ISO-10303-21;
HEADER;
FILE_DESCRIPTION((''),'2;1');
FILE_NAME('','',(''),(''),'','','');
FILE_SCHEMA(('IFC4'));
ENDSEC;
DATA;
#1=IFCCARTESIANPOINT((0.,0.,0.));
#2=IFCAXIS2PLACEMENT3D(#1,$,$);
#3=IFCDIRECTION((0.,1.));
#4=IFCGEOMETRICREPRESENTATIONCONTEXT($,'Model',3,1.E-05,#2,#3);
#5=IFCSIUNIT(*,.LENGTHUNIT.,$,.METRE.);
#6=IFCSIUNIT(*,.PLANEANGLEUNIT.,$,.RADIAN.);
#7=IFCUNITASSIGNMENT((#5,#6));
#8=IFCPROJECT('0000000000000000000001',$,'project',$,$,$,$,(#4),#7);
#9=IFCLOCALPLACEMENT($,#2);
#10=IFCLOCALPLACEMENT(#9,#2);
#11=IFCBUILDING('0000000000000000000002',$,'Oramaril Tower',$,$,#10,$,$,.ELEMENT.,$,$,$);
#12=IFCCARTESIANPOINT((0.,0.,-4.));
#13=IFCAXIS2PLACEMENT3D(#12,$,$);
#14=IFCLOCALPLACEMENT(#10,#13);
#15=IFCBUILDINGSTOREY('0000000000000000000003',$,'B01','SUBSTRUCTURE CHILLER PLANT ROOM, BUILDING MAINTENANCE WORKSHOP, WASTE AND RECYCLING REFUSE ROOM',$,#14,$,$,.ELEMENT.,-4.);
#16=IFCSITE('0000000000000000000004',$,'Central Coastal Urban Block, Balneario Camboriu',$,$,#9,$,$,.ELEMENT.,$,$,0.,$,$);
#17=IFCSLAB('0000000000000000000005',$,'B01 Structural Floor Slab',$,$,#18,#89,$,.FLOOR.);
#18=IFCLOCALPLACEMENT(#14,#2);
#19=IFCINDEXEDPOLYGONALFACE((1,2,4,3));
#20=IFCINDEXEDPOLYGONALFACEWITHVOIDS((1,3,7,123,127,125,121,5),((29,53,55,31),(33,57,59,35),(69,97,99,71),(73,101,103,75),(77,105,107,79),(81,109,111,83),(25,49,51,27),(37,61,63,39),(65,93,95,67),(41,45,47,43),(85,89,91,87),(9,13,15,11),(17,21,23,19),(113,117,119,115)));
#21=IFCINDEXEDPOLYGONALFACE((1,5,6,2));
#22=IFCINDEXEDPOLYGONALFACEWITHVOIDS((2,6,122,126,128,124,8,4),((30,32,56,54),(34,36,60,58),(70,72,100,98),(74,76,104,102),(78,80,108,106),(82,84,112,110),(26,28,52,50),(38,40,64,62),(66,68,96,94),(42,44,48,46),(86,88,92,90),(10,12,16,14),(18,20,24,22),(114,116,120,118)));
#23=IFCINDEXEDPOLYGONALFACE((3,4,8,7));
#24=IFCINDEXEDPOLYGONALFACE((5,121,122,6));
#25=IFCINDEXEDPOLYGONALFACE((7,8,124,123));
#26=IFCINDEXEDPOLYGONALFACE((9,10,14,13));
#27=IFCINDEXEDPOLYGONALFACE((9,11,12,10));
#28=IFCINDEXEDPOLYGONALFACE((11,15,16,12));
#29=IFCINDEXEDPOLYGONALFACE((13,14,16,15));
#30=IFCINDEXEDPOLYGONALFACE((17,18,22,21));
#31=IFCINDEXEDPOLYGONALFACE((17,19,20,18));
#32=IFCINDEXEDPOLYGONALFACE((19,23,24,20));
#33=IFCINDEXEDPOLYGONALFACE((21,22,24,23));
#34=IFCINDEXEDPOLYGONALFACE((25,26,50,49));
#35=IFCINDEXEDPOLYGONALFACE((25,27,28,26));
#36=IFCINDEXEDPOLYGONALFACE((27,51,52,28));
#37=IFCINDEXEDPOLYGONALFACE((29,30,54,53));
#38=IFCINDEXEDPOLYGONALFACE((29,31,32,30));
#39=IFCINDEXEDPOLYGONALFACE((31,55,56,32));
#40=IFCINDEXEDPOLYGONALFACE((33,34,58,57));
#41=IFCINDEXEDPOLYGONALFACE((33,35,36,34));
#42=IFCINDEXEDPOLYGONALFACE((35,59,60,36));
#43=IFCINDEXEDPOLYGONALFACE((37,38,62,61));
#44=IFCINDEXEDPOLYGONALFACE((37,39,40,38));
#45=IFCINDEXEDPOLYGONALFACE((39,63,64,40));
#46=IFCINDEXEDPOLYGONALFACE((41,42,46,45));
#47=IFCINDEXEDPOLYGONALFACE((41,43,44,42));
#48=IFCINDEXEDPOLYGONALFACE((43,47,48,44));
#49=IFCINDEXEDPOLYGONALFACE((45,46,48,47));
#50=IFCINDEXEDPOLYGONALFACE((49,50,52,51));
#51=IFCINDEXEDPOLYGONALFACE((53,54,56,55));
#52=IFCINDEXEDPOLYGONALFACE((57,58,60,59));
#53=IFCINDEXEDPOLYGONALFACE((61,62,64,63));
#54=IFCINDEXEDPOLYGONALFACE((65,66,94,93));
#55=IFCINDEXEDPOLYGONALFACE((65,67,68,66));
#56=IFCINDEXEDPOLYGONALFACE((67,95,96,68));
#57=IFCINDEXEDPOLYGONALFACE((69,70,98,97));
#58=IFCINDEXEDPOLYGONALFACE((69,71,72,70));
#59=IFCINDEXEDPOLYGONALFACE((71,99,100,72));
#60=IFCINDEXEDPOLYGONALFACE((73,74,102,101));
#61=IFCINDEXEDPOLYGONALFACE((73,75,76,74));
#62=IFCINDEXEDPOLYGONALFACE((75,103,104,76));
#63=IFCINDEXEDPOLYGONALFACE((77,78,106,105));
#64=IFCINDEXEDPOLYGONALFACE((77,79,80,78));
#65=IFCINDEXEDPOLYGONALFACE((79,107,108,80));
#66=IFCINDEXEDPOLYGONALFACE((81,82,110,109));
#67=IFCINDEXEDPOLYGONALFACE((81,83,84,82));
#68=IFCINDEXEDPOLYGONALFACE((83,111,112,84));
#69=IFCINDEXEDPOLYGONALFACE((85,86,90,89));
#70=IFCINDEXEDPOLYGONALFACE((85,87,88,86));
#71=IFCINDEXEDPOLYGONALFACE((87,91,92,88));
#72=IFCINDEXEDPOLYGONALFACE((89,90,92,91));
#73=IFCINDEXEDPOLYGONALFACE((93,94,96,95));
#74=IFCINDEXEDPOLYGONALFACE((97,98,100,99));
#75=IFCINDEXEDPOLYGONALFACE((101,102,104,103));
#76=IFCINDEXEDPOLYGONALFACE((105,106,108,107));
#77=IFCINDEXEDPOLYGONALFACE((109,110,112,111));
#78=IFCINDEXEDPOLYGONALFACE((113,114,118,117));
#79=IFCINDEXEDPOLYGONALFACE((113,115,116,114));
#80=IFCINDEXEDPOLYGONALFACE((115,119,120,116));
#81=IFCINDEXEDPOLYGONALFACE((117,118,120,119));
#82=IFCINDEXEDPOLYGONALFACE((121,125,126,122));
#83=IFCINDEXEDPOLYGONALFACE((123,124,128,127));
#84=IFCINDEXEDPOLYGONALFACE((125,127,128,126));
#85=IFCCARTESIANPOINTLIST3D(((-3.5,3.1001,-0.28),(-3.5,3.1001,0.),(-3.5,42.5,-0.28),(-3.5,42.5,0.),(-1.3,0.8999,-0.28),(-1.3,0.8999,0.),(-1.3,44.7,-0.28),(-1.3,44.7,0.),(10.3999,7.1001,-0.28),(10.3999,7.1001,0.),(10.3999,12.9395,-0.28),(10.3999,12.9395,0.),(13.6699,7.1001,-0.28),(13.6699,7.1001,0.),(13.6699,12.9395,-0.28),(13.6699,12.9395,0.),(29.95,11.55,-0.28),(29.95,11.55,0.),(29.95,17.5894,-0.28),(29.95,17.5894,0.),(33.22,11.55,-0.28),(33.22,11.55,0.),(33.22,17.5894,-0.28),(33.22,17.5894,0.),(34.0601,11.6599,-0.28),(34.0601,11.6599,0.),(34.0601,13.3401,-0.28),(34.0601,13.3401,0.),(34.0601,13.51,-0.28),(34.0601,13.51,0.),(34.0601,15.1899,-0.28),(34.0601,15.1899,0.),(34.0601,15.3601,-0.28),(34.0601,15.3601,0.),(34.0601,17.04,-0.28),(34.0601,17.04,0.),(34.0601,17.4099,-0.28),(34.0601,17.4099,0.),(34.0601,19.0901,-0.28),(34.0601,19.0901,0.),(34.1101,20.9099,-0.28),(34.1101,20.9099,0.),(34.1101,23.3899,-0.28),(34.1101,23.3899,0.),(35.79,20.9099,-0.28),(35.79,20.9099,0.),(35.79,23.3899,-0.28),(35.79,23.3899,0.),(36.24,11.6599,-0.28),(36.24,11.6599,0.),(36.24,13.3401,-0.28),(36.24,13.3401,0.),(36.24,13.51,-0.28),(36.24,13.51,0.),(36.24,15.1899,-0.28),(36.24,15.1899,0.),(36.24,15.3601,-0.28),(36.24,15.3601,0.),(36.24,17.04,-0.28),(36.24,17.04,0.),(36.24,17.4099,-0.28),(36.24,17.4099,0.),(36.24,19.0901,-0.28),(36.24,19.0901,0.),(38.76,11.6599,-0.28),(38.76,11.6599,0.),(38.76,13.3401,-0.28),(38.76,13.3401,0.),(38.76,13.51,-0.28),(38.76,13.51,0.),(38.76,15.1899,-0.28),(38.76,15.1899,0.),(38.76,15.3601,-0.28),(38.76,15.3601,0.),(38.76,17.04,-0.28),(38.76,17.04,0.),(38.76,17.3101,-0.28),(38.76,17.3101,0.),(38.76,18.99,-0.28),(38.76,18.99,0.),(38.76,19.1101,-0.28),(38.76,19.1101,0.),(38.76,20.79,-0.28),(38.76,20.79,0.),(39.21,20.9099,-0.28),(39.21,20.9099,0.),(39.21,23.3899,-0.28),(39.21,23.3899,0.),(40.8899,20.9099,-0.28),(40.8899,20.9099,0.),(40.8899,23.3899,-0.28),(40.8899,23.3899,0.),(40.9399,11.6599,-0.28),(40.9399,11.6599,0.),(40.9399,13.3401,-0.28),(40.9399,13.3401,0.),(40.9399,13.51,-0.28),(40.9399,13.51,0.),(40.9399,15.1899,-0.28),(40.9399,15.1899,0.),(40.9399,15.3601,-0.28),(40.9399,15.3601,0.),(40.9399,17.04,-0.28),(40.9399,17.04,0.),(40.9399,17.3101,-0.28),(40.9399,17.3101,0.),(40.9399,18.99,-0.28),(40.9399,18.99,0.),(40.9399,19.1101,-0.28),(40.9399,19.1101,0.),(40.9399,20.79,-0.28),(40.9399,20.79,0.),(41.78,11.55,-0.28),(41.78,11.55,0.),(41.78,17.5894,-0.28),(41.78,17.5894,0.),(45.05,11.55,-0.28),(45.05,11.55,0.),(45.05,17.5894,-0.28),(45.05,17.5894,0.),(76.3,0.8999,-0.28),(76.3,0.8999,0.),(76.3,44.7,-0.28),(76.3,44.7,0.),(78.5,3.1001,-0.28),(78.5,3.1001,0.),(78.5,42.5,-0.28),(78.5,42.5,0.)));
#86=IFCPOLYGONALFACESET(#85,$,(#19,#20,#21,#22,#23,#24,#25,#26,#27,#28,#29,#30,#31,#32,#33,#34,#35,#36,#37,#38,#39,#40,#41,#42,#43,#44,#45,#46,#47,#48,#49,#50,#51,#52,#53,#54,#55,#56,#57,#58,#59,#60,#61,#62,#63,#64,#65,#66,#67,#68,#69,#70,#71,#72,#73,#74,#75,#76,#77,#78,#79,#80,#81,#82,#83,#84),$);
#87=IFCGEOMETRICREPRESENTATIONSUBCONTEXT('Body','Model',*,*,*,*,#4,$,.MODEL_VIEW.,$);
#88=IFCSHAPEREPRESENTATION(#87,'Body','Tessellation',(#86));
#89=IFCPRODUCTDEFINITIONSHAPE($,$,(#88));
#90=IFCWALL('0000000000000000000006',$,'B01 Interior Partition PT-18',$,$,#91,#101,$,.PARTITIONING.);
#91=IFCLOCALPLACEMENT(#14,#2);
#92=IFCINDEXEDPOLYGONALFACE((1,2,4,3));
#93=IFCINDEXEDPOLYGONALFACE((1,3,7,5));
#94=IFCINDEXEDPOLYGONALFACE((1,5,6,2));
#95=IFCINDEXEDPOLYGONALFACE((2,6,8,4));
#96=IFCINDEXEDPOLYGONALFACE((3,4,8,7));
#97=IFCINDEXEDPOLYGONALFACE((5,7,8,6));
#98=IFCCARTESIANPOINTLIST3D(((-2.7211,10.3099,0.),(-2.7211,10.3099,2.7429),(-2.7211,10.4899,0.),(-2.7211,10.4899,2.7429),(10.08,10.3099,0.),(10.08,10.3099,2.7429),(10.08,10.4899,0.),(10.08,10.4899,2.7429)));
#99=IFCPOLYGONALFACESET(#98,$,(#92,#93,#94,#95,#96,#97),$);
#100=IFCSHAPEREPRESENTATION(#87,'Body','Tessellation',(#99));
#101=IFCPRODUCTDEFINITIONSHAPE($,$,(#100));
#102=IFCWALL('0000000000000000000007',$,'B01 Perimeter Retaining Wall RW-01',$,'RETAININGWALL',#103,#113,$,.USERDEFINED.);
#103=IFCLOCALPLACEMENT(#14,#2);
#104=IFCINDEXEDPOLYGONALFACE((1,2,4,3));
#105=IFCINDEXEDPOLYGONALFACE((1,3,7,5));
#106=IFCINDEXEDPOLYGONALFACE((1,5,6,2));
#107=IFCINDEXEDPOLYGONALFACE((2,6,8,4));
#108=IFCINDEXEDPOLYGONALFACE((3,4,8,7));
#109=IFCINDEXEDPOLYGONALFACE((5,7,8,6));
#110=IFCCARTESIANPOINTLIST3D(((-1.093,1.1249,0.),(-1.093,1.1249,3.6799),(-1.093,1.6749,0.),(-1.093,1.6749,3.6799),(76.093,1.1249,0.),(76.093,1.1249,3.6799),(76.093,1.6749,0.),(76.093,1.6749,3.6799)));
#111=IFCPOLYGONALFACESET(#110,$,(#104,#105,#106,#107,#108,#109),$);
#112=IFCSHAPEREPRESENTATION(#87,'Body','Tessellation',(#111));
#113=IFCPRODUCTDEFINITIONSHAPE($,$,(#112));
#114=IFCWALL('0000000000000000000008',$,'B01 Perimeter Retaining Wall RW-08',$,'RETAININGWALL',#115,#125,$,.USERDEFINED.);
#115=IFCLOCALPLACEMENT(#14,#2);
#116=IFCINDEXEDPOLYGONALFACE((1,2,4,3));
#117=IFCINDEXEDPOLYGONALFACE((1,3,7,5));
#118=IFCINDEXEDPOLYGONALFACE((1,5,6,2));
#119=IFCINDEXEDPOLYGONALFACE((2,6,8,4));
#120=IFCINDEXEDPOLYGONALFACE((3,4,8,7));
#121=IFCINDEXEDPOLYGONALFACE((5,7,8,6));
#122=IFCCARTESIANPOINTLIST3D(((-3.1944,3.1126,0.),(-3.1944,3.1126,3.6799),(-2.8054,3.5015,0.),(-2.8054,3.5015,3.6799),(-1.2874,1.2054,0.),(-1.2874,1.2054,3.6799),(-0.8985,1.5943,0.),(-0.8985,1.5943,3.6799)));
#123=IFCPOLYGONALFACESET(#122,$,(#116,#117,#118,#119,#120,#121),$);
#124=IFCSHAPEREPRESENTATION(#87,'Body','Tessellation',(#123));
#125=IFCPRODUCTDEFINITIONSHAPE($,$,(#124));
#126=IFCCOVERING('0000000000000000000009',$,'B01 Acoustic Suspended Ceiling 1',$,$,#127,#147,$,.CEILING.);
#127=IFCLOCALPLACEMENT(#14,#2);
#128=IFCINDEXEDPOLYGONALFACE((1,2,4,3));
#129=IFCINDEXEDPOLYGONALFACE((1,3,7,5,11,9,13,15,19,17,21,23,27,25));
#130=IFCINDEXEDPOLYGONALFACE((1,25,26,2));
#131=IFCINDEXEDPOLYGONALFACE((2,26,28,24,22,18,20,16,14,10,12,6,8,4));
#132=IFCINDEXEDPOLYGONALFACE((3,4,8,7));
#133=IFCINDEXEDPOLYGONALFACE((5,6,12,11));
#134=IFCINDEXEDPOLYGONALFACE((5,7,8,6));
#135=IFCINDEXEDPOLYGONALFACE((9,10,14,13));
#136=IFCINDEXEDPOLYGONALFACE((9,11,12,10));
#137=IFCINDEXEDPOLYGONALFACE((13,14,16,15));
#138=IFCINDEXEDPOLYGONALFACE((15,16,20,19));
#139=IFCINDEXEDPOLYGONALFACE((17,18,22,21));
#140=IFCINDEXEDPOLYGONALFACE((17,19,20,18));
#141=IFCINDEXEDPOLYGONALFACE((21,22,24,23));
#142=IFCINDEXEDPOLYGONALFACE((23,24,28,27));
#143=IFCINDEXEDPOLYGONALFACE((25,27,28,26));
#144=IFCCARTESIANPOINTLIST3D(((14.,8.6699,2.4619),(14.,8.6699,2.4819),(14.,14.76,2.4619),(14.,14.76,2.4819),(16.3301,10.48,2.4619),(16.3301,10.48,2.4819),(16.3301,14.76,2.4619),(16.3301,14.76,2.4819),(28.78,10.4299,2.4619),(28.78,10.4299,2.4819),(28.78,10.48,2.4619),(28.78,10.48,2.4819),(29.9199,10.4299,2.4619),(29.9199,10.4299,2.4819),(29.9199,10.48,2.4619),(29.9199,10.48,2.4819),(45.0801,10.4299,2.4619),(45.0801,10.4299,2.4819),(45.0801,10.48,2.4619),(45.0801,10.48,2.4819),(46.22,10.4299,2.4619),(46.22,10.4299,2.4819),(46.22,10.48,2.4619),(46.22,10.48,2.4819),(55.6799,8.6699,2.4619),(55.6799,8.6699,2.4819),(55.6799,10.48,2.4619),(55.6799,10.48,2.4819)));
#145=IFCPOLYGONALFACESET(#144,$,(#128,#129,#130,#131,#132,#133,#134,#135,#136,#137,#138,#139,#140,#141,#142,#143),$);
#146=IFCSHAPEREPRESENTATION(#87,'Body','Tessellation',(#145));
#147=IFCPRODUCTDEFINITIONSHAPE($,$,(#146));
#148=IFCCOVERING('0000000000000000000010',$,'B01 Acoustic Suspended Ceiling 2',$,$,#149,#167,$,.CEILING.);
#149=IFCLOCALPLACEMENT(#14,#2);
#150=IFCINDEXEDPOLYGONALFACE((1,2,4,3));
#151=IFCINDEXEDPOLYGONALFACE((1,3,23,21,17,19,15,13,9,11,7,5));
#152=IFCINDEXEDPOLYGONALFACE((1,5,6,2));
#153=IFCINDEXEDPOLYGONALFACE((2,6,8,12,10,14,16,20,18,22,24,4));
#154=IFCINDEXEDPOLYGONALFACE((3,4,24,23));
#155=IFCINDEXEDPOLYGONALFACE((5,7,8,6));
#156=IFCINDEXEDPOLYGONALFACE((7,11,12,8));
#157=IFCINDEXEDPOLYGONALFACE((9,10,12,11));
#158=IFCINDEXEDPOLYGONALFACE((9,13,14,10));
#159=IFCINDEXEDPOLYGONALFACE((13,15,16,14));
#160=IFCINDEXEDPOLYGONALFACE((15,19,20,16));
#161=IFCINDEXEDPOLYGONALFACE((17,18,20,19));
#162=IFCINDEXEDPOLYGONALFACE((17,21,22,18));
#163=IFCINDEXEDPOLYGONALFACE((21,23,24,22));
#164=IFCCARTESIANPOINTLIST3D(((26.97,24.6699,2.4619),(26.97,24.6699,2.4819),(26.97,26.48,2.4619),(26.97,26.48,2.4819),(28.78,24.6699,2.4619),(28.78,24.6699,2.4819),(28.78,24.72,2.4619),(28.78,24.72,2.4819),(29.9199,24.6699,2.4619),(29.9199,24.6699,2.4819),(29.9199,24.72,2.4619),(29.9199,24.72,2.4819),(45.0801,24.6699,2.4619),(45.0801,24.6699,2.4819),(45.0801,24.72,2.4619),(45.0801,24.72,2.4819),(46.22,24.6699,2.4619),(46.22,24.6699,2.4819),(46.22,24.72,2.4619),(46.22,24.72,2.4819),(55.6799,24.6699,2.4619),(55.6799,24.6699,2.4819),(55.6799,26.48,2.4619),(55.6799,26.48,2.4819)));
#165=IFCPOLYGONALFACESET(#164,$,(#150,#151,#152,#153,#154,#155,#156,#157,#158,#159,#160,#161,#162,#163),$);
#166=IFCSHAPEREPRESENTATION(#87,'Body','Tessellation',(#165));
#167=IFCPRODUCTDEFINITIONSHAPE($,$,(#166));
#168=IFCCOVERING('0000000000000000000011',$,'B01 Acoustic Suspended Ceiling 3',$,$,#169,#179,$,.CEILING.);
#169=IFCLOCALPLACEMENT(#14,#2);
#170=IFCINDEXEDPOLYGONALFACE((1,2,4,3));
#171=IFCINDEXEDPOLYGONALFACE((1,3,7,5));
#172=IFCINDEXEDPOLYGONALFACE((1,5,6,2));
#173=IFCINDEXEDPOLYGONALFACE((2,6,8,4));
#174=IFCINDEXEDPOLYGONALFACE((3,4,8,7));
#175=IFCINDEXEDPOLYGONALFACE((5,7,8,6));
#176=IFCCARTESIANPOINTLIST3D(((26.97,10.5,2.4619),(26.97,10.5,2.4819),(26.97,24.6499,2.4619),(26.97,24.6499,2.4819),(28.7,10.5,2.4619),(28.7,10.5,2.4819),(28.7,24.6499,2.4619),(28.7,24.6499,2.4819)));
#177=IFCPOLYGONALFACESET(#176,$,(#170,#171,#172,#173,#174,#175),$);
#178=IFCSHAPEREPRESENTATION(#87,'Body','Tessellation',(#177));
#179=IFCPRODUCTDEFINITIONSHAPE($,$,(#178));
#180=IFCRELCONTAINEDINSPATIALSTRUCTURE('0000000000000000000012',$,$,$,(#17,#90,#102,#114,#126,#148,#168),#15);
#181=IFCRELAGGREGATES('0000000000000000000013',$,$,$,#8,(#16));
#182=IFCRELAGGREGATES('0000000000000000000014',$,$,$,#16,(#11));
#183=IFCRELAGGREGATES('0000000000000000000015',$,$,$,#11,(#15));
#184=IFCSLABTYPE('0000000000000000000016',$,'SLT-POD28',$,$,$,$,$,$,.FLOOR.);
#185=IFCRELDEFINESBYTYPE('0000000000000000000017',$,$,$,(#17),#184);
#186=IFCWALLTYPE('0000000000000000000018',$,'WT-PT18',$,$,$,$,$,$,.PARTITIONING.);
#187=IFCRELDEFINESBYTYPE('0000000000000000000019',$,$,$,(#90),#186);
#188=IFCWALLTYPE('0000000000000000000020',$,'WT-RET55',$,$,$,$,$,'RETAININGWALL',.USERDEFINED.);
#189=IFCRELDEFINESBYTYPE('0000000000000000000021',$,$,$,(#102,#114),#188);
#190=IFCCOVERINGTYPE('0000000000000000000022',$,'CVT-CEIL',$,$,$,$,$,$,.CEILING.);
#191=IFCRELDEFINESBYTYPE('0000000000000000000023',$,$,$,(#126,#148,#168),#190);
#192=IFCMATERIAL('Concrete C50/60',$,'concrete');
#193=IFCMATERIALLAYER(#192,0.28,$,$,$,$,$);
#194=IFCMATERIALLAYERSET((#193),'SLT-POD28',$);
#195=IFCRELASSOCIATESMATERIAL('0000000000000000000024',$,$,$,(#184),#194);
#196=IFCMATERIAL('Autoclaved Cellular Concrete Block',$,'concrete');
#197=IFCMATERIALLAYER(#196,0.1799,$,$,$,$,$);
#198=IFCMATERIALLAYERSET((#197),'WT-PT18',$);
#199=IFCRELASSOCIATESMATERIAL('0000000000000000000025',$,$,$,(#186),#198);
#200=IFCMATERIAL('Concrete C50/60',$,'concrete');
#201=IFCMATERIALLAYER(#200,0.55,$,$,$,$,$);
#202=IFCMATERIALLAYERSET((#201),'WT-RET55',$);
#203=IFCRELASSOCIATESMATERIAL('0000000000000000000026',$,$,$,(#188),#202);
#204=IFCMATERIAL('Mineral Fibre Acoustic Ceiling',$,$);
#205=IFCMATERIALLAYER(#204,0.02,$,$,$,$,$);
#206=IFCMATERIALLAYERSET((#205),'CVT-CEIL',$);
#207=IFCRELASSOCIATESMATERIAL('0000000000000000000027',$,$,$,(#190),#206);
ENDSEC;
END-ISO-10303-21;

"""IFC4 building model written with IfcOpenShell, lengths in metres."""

from ifc_helpers import new_model, si_unit, direction, frame, frame_2d, origin, place, context, subcontext, project, spatial, polyline, rectangle, outline, extrude, material, layer, layer_set, type_object, element, save


model = new_model("IFC4")

# Units and contexts
model_context = context("Model", 3, precision=1e-05, world=origin(), true_north=direction((0.0, 1.0)))
body_context = subcontext(model_context, "Body", "Model", "MODEL_VIEW")
ifc_project = project(units=[si_unit("LENGTHUNIT", "METRE"), si_unit("PLANEANGLEUNIT", "RADIAN")], contexts=[model_context])

# Site, building, storey
site_placement = place(None, origin())
site = spatial("IfcSite", under=ifc_project, at=site_placement, Name="Central Coastal Urban Block, Balneario Camboriu", CompositionType="ELEMENT", RefElevation=0.0)
building_placement = place(site_placement, origin())
building = spatial("IfcBuilding", under=site, at=building_placement, Name="Oramaril Tower", CompositionType="ELEMENT")
storey_placement = place(building_placement, frame((0.0, 0.0, -4.0)))
storey = spatial("IfcBuildingStorey", under=building, at=storey_placement, Name="B01", Description="SUBSTRUCTURE CHILLER PLANT ROOM, BUILDING MAINTENANCE WORKSHOP, WASTE AND RECYCLING REFUSE ROOM", CompositionType="ELEMENT", Elevation=-4.0)

# Slab
ifc_material_1 = material(Name="Concrete C50/60", Category="concrete")
ifc_layer_1 = layer(ifc_material_1, 0.28)
ifc_layer_set_1 = layer_set([ifc_layer_1], Name="SLT-POD28")
slab_type_1 = type_object("IfcSlabType", Name="SLT-POD28", PredefinedType="FLOOR", material=ifc_layer_set_1)
slab_1_placement = place(storey_placement, frame((0.0, 0.0, -0.28)))
element("IfcSlab", 1, at=slab_1_placement, inside=storey, type_object=slab_type_1, Name="B01 Structural Floor Slab", PredefinedType="FLOOR", context=body_context, shape_type="SweptSolid", body=[
    extrude(outline(polyline([(-1.3, 0.8999), (76.3, 0.8999), (78.5, 3.1001), (78.5, 42.5), (76.3, 44.7), (-1.3, 44.7), (-3.5, 42.5), (-3.5, 3.1001), (-1.3, 0.8999)]), holes=[polyline([(29.95, 17.5894), (29.95, 11.55), (33.22, 11.55), (33.22, 17.5894), (29.95, 17.5894)]), polyline([(41.78, 17.5894), (41.78, 11.55), (45.05, 11.55), (45.05, 17.5894), (41.78, 17.5894)]), polyline([(10.3999, 12.9395), (10.3999, 7.1001), (13.6699, 7.1001), (13.6699, 12.9395), (10.3999, 12.9395)]), polyline([(34.1101, 20.9099), (35.79, 20.9099), (35.79, 23.3899), (34.1101, 23.3899), (34.1101, 20.9099)]), polyline([(39.21, 20.9099), (40.8899, 20.9099), (40.8899, 23.3899), (39.21, 23.3899), (39.21, 20.9099)]), polyline([(34.0601, 11.6599), (36.24, 11.6599), (36.24, 13.3401), (34.0601, 13.3401), (34.0601, 11.6599)]), polyline([(34.0601, 13.51), (36.24, 13.51), (36.24, 15.1899), (34.0601, 15.1899), (34.0601, 13.51)]), polyline([(34.0601, 15.3601), (36.24, 15.3601), (36.24, 17.04), (34.0601, 17.04), (34.0601, 15.3601)]), polyline([(38.76, 11.6599), (40.9399, 11.6599), (40.9399, 13.3401), (38.76, 13.3401), (38.76, 11.6599)]), polyline([(38.76, 13.51), (40.9399, 13.51), (40.9399, 15.1899), (38.76, 15.1899), (38.76, 13.51)]), polyline([(38.76, 15.3601), (40.9399, 15.3601), (40.9399, 17.04), (38.76, 17.04), (38.76, 15.3601)]), polyline([(34.0601, 17.4099), (36.24, 17.4099), (36.24, 19.0901), (34.0601, 19.0901), (34.0601, 17.4099)]), polyline([(38.76, 17.3101), (40.9399, 17.3101), (40.9399, 18.99), (38.76, 18.99), (38.76, 17.3101)]), polyline([(38.76, 19.1101), (40.9399, 19.1101), (40.9399, 20.79), (38.76, 20.79), (38.76, 19.1101)])]), origin(), (0.0, 0.0, 1.0), 0.28),
])

# Walls
ifc_material_2 = material(Name="Autoclaved Cellular Concrete Block", Category="concrete")
ifc_layer_2 = layer(ifc_material_2, 0.1799)
ifc_layer_set_2 = layer_set([ifc_layer_2], Name="WT-PT18")
wall_type_1 = type_object("IfcWallType", Name="WT-PT18", PredefinedType="PARTITIONING", material=ifc_layer_set_2)
wall_1_placement = place(storey_placement, frame((-2.7209, 10.3999, 0.0), z_axis=(0.0, 0.0, 1.0), x_axis=(1.0, 0.0, 0.0)))
element("IfcWall", 2, at=wall_1_placement, inside=storey, type_object=wall_type_1, Name="B01 Interior Partition PT-18", PredefinedType="PARTITIONING", context=body_context, shape_type="SweptSolid", body=[
    extrude(rectangle(XDim=12.801, YDim=0.1799, at=frame_2d((6.4004, 0.0))), origin(), (0.0, 0.0, 1.0), 2.7429),
])
ifc_material_3 = material(Name="Concrete C50/60", Category="concrete")
ifc_layer_3 = layer(ifc_material_3, 0.55)
ifc_layer_set_3 = layer_set([ifc_layer_3], Name="WT-RET55")
wall_type_2 = type_object("IfcWallType", Name="WT-RET55", ElementType="RETAININGWALL", PredefinedType="USERDEFINED", material=ifc_layer_set_3)
wall_2_placement = place(storey_placement, frame((-1.093, 1.3999, 0.0), z_axis=(0.0, 0.0, 1.0), x_axis=(1.0, 0.0, 0.0)))
element("IfcWall", 3, at=wall_2_placement, inside=storey, type_object=wall_type_2, Name="B01 Perimeter Retaining Wall RW-01", ObjectType="RETAININGWALL", PredefinedType="USERDEFINED", context=body_context, shape_type="SweptSolid", body=[
    extrude(rectangle(XDim=77.186, YDim=0.55, at=frame_2d((38.593, 0.0))), origin(), (0.0, 0.0, 1.0), 3.6799),
])
wall_3_placement = place(storey_placement, frame((-3.0, 3.3071, 0.0), z_axis=(0.0, 0.0, 1.0), x_axis=(0.707062, -0.707152, 0.0)))
element("IfcWall", 4, at=wall_3_placement, inside=storey, type_object=wall_type_2, Name="B01 Perimeter Retaining Wall RW-08", ObjectType="RETAININGWALL", PredefinedType="USERDEFINED", context=body_context, shape_type="SweptSolid", body=[
    extrude(rectangle(XDim=2.697, YDim=0.55, at=frame_2d((1.3486, 0.0))), origin(), (0.0, 0.0, 1.0), 3.6799),
])

# Coverings
ifc_material_4 = material(Name="Mineral Fibre Acoustic Ceiling")
ifc_layer_4 = layer(ifc_material_4, 0.02)
ifc_layer_set_4 = layer_set([ifc_layer_4], Name="CVT-CEIL")
covering_type_1 = type_object("IfcCoveringType", Name="CVT-CEIL", PredefinedType="CEILING", material=ifc_layer_set_4)
covering_1_placement = place(storey_placement, frame((0.0, 0.0, 2.4619)))
element("IfcCovering", 5, at=covering_1_placement, inside=storey, type_object=covering_type_1, Name="B01 Acoustic Suspended Ceiling 1", PredefinedType="CEILING", context=body_context, shape_type="SweptSolid", body=[
    extrude(outline(polyline([(28.78, 10.48), (28.78, 10.4299), (29.9199, 10.4299), (29.9199, 10.48), (45.0801, 10.48), (45.0801, 10.4299), (46.22, 10.4299), (46.22, 10.48), (55.6799, 10.48), (55.6799, 8.6699), (14.0, 8.6699), (14.0, 14.76), (16.3301, 14.76), (16.3301, 10.48), (28.78, 10.48)])), origin(), (0.0, 0.0, 1.0), 0.02),
])
covering_2_placement = place(storey_placement, frame((0.0, 0.0, 2.4619)))
element("IfcCovering", 6, at=covering_2_placement, inside=storey, type_object=covering_type_1, Name="B01 Acoustic Suspended Ceiling 2", PredefinedType="CEILING", context=body_context, shape_type="SweptSolid", body=[
    extrude(outline(polyline([(55.6799, 26.48), (55.6799, 24.6699), (46.22, 24.6699), (46.22, 24.72), (45.0801, 24.72), (45.0801, 24.6699), (29.9199, 24.6699), (29.9199, 24.72), (28.78, 24.72), (28.78, 24.6699), (26.97, 24.6699), (26.97, 26.48), (55.6799, 26.48)])), origin(), (0.0, 0.0, 1.0), 0.02),
])
covering_3_placement = place(storey_placement, frame((0.0, 0.0, 2.4619)))
element("IfcCovering", 7, at=covering_3_placement, inside=storey, type_object=covering_type_1, Name="B01 Acoustic Suspended Ceiling 3", PredefinedType="CEILING", context=body_context, shape_type="SweptSolid", body=[
    extrude(outline(polyline([(28.7, 10.5), (26.97, 10.5), (26.97, 24.6499), (28.7, 24.6499), (28.7, 10.5)])), origin(), (0.0, 0.0, 1.0), 0.02),
])

save(model, "model.ifc")
